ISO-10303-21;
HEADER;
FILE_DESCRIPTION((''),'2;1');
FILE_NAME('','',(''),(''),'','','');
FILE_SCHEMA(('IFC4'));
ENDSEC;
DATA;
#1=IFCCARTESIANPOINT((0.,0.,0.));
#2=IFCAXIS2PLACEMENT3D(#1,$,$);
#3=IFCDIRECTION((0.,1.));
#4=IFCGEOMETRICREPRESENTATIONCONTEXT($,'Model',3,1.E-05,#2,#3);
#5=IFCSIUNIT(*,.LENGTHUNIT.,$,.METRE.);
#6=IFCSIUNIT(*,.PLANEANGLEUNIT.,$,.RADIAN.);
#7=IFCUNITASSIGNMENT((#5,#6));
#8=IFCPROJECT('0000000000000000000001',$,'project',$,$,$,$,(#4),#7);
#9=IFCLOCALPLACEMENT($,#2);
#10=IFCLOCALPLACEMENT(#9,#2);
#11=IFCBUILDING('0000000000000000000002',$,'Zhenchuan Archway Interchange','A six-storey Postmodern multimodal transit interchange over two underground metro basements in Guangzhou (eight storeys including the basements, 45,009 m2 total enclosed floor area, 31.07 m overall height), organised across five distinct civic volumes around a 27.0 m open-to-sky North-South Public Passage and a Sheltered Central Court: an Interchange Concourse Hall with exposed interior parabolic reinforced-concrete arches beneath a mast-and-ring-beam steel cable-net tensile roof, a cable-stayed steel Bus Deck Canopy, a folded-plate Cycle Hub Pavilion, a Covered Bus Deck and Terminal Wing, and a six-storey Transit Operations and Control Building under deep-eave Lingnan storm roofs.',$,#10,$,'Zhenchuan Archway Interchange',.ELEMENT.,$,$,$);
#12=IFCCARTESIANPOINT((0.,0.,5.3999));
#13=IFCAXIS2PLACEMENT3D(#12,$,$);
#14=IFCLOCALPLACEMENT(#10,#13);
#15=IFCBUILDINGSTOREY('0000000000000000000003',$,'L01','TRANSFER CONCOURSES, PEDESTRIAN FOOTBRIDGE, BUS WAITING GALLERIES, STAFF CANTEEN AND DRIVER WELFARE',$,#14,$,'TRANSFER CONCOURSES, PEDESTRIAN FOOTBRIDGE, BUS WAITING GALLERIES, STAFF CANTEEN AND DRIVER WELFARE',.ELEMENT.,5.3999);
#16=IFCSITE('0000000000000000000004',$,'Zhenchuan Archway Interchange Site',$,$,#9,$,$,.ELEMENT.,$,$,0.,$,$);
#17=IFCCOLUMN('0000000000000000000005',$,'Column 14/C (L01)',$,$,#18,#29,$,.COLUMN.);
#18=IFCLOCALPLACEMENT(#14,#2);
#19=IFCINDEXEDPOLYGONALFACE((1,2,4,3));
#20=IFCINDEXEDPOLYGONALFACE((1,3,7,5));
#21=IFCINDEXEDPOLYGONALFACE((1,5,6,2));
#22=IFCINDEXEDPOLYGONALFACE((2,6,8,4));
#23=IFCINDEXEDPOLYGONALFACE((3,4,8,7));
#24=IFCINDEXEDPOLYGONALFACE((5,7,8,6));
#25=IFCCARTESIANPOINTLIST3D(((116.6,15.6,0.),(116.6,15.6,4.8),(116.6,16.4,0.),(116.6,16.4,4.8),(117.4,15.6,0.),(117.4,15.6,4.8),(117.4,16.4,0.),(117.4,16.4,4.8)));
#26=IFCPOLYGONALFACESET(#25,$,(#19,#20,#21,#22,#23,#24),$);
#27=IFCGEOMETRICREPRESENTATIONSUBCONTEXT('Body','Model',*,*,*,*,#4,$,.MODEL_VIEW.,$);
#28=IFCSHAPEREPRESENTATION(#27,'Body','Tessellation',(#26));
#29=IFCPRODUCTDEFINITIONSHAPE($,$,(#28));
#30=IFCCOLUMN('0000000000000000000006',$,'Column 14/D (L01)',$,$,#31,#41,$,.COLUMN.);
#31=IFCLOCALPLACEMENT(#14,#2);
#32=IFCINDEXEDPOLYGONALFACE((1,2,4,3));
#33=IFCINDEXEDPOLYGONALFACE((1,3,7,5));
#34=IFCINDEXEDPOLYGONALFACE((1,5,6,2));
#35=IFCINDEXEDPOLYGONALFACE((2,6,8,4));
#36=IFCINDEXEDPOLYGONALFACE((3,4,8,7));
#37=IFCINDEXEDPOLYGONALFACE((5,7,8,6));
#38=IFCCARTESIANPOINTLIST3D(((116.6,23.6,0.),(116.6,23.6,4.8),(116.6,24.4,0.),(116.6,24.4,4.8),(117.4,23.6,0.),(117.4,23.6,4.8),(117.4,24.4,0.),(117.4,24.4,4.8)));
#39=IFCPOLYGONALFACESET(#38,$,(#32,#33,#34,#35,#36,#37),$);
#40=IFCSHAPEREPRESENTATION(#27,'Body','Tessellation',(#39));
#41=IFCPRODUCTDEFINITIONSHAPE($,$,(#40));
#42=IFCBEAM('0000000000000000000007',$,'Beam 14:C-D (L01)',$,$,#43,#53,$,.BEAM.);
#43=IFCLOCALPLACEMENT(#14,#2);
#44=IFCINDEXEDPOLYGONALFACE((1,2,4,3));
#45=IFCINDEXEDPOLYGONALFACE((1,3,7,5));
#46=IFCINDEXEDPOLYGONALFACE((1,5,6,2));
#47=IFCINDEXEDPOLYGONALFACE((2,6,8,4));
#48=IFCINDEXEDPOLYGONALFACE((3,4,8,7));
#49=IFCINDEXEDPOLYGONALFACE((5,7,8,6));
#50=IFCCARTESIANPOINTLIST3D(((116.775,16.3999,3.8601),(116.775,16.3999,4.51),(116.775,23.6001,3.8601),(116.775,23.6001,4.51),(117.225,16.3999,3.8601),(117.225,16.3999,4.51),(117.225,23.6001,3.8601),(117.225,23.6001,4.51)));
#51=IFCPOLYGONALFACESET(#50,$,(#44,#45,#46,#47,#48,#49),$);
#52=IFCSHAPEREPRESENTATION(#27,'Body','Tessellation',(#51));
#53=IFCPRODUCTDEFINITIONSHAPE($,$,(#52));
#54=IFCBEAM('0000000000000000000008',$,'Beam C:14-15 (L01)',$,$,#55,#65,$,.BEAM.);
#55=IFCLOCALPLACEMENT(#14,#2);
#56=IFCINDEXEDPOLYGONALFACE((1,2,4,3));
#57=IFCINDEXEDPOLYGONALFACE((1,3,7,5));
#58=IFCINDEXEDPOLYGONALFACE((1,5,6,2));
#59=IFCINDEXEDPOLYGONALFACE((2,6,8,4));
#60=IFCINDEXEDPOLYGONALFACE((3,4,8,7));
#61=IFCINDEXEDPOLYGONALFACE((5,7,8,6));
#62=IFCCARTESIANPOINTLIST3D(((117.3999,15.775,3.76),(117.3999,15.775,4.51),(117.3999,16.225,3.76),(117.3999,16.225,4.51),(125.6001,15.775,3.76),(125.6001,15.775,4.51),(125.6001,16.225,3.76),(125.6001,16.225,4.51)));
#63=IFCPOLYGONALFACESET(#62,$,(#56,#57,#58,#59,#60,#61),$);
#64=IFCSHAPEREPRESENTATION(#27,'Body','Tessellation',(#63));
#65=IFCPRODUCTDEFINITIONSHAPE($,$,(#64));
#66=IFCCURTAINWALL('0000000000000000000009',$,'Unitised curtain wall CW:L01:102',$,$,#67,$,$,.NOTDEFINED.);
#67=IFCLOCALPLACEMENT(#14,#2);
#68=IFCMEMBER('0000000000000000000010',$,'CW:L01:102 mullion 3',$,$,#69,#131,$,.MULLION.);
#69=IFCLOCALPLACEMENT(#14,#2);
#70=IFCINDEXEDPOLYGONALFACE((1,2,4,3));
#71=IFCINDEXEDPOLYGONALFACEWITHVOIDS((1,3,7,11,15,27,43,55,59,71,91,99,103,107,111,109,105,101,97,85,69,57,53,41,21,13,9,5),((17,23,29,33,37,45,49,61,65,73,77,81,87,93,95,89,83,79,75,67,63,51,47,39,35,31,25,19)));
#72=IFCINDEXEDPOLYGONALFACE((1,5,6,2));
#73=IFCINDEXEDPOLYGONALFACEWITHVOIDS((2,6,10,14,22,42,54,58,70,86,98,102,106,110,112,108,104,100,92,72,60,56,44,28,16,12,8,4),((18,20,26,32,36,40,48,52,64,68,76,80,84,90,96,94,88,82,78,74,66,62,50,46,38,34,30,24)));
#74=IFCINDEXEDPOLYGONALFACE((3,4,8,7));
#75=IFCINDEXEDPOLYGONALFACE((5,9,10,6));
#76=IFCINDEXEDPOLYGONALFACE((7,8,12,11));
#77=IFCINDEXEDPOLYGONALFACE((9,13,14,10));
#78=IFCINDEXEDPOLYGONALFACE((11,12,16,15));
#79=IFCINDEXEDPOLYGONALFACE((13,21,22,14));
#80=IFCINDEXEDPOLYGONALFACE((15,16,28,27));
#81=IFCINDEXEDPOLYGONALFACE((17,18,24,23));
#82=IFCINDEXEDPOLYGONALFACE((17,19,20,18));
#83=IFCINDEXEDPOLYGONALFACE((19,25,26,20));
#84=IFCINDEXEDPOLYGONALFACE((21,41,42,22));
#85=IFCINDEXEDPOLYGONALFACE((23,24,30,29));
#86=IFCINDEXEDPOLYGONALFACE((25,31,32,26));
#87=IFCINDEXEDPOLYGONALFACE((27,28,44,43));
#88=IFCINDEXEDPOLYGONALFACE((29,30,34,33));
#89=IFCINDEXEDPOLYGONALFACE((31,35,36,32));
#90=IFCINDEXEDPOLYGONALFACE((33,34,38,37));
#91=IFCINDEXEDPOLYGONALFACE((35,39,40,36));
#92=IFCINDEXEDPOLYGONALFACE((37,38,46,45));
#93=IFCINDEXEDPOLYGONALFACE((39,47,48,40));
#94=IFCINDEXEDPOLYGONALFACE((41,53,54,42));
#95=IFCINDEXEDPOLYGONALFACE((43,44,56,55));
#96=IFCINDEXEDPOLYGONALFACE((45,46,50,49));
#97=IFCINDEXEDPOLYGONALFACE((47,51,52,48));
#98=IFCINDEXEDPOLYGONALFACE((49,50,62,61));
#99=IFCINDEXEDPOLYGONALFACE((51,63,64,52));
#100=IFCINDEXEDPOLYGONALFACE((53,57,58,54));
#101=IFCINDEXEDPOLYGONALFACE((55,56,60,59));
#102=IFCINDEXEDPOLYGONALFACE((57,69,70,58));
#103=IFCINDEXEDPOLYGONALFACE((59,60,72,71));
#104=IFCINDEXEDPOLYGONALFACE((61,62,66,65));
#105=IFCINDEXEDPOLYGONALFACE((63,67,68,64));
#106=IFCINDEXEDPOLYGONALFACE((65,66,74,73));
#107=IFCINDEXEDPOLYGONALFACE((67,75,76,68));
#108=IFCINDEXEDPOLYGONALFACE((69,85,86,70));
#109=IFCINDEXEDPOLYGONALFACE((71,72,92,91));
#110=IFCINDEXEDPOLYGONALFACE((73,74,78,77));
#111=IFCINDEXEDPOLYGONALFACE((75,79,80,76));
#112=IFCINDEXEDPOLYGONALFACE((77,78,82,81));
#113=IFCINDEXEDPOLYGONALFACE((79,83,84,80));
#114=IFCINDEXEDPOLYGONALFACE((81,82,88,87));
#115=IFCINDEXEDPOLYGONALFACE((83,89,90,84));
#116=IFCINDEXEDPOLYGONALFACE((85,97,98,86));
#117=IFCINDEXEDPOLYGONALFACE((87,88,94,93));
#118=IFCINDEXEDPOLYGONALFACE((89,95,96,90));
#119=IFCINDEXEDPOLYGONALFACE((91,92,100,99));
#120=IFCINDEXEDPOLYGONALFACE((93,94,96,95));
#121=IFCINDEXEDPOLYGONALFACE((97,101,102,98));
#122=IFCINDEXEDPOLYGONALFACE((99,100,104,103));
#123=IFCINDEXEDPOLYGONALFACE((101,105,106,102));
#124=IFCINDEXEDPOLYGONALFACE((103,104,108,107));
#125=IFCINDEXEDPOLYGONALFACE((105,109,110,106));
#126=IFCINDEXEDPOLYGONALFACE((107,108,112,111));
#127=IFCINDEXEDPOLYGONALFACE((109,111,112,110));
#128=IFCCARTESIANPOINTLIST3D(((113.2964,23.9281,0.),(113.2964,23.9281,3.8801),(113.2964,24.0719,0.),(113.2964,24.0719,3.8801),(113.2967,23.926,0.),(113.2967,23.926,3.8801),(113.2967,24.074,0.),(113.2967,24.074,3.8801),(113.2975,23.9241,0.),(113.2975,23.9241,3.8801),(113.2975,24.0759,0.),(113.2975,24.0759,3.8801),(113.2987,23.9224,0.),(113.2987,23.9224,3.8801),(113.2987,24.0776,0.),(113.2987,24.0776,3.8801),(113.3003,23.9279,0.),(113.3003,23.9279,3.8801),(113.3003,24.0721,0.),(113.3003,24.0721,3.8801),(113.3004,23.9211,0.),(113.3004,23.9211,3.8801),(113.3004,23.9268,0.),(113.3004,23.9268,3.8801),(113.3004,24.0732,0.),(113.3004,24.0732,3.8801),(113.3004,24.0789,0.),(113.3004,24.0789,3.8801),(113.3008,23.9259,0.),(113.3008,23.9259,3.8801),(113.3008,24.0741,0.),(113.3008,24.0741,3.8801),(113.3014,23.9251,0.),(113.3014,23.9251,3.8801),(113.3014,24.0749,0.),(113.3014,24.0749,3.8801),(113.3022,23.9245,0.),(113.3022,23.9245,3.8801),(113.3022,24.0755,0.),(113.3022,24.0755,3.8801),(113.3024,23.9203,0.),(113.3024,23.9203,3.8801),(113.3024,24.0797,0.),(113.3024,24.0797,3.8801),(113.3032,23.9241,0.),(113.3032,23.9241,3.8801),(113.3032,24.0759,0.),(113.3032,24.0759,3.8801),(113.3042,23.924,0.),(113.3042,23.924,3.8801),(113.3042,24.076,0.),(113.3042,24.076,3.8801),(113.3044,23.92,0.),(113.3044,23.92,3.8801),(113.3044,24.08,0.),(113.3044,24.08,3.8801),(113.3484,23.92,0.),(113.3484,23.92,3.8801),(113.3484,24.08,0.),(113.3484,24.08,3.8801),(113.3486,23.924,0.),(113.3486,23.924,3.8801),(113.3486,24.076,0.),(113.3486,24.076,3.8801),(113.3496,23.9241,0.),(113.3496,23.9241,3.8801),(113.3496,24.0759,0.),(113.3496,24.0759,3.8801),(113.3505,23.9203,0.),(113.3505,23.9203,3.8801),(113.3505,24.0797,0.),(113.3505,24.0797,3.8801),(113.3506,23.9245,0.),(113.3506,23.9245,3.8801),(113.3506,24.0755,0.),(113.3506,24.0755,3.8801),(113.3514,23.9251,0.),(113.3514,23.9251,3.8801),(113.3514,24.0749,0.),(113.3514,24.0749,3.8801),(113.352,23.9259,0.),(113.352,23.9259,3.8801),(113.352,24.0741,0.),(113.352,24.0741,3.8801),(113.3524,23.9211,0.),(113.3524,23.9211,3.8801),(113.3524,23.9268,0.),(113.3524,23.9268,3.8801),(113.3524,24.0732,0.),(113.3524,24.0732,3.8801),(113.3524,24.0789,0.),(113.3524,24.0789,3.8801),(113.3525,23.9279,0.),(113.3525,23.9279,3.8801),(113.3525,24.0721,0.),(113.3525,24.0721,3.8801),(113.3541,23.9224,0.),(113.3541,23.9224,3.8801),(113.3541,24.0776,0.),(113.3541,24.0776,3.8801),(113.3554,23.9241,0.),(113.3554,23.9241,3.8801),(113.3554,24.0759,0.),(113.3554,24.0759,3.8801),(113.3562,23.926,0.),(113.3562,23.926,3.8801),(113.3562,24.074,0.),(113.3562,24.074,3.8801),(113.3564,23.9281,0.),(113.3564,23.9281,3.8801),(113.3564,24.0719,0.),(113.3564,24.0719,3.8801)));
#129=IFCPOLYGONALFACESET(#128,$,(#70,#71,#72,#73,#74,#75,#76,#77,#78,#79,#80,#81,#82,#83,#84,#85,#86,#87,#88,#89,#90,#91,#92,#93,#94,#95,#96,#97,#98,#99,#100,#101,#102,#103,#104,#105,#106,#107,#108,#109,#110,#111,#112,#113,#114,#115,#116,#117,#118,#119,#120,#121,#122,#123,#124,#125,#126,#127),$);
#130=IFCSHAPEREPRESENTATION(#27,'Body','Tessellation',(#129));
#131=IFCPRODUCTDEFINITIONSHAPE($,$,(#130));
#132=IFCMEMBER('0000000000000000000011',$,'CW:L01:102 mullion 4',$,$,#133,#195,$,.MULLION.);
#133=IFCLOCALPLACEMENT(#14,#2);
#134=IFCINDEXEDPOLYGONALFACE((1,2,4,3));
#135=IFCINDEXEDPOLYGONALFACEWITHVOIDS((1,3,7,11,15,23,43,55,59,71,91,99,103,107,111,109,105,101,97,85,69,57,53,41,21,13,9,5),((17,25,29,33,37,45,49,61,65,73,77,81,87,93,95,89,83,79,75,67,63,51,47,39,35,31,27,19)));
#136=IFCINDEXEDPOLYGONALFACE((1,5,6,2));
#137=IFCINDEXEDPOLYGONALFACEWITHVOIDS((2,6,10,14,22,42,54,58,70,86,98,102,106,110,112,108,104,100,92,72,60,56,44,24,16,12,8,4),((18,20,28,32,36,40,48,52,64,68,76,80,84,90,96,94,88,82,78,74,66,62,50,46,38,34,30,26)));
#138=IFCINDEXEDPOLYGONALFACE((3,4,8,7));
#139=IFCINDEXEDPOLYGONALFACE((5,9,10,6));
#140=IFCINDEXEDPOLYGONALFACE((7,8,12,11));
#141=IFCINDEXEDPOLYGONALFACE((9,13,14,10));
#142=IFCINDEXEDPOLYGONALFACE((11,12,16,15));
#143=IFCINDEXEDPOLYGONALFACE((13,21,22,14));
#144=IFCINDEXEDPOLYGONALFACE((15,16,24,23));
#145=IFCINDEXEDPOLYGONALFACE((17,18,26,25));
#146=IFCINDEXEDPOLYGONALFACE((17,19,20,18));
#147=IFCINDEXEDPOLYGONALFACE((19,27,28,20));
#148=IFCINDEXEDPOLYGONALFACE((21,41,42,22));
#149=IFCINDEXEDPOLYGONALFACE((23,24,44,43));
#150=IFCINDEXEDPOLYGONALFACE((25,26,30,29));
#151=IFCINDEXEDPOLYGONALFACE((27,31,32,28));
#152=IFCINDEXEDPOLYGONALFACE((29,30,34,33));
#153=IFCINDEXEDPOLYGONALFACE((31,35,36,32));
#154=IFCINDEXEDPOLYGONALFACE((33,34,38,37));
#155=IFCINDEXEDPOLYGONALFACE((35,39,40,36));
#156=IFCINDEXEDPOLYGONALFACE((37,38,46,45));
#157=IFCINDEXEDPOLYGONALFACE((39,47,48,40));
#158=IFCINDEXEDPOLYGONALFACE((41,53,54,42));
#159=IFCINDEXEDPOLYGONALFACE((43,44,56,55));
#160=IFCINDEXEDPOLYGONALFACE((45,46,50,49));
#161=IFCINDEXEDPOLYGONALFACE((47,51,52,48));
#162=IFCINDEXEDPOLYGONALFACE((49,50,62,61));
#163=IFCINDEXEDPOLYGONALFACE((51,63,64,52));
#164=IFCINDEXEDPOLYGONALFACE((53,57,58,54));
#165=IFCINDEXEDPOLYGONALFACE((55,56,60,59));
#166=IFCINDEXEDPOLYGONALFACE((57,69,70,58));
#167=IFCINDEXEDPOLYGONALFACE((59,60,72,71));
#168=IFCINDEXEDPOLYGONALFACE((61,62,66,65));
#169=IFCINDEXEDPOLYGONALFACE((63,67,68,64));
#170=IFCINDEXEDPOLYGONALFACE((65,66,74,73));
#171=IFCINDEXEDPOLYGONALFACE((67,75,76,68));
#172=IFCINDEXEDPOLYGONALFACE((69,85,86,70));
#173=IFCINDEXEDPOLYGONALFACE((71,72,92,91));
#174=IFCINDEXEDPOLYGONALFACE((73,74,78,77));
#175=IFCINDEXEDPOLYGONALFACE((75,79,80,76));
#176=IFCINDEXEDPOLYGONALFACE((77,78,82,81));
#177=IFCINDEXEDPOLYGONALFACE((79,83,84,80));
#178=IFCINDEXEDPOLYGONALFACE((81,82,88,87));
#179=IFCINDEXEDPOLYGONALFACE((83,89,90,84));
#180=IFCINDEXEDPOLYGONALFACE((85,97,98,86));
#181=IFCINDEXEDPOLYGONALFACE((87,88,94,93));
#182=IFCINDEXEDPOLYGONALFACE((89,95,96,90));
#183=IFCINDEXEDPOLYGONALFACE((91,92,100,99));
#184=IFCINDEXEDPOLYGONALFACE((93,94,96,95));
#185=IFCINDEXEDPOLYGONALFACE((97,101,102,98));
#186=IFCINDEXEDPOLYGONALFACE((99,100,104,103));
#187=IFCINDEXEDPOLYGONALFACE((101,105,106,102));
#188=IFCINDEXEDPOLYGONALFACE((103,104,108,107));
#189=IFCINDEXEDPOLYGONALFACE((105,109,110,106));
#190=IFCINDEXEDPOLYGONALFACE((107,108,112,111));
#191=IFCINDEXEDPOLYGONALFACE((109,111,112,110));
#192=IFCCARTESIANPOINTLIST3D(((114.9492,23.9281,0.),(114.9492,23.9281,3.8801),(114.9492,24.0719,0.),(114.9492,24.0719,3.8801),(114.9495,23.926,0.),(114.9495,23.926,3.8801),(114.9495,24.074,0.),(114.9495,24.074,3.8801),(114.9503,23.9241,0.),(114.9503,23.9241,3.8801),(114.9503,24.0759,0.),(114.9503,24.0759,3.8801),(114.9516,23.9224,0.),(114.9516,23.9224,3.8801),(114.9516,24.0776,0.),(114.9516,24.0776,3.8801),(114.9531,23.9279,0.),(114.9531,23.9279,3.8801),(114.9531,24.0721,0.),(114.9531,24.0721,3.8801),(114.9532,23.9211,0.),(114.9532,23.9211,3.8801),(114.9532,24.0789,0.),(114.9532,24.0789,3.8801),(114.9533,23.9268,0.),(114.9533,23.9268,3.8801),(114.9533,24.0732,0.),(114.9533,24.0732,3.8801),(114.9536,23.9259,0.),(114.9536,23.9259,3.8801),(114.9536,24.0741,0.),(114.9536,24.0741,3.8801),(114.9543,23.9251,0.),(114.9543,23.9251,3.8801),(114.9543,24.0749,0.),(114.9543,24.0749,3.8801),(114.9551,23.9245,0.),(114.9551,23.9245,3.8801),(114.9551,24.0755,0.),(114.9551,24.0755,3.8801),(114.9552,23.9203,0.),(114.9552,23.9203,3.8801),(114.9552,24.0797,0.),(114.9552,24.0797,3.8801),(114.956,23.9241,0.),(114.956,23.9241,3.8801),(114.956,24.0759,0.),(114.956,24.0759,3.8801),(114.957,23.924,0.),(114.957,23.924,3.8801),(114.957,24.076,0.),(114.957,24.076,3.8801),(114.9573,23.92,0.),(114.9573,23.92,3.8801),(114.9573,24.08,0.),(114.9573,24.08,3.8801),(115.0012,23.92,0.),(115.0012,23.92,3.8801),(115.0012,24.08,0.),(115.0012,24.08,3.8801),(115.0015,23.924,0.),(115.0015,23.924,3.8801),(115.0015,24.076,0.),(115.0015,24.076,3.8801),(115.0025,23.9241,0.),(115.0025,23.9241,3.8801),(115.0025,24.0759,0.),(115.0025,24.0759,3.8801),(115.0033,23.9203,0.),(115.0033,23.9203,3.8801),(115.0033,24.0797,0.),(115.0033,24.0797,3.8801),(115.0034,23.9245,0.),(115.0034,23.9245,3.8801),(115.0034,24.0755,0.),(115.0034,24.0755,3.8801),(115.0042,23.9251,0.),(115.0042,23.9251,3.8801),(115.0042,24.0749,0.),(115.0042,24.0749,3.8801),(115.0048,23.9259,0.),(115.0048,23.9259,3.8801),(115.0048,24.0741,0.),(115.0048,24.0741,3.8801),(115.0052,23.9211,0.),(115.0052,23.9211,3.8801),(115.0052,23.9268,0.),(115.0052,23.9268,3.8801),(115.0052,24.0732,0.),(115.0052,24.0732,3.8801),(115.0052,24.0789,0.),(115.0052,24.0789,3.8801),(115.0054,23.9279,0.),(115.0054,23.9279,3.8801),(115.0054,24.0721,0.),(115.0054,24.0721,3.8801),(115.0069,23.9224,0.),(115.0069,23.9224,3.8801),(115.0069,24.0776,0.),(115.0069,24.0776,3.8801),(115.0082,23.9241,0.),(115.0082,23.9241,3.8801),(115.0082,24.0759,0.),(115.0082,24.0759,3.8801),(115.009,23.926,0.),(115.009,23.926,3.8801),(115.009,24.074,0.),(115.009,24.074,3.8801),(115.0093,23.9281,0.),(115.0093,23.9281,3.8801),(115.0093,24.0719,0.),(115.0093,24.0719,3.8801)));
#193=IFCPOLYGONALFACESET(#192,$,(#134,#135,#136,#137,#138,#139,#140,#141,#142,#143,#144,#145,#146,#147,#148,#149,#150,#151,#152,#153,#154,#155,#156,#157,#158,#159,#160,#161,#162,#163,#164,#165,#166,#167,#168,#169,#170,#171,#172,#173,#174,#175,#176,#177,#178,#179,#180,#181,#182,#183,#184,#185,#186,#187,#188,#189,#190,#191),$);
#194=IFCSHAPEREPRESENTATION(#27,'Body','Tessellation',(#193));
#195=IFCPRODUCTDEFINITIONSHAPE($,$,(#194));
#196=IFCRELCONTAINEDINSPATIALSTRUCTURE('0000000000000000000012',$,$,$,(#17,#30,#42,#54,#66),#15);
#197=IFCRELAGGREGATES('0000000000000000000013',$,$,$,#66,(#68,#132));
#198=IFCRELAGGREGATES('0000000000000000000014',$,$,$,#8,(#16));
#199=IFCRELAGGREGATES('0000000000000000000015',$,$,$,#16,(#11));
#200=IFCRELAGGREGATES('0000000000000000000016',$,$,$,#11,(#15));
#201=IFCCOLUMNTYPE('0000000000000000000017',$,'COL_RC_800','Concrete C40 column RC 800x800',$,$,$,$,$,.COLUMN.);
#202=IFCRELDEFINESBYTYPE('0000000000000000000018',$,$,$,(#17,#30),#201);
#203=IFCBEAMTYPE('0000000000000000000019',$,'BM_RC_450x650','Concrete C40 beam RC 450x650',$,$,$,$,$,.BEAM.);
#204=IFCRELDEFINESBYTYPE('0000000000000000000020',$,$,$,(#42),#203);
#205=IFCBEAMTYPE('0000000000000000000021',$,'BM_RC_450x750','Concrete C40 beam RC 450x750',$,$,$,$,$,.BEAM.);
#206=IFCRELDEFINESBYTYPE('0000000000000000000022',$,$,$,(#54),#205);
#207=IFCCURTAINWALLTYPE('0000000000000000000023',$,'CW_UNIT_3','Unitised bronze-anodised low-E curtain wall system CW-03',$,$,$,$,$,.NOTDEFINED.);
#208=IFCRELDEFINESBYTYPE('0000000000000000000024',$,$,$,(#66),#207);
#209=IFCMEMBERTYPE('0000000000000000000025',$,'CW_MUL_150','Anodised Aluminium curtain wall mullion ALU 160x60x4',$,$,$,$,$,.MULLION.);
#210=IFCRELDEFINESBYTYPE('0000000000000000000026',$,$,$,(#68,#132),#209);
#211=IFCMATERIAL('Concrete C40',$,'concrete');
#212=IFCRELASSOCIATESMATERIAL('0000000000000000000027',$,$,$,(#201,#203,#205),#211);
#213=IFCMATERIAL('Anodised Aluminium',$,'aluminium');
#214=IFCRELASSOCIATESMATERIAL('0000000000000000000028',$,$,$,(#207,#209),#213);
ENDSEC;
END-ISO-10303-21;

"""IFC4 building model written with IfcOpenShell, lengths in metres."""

from ifc_helpers import new_model, si_unit, direction, frame, origin, origin_2d, place, context, subcontext, project, spatial, rectangle, hollow_rectangle, extrude, material, material_profile, profile_set, type_object, element, aggregate, save


model = new_model("IFC4")

# Units and contexts
model_context = context("Model", 3, precision=1e-05, world=origin(), true_north=direction((0.0, 1.0)))
body_context = subcontext(model_context, "Body", "Model", "MODEL_VIEW")
ifc_project = project(units=[si_unit("LENGTHUNIT", "METRE"), si_unit("PLANEANGLEUNIT", "RADIAN")], contexts=[model_context])

# Site, building, storey
site_placement = place(None, origin())
site = spatial("IfcSite", under=ifc_project, at=site_placement, Name="Zhenchuan Archway Interchange Site", CompositionType="ELEMENT", RefElevation=0.0)
building_placement = place(site_placement, origin())
building = spatial("IfcBuilding", under=site, at=building_placement, Name="Zhenchuan Archway Interchange", Description="A six-storey Postmodern multimodal transit interchange over two underground metro basements in Guangzhou (eight storeys including the basements, 45,009 m2 total enclosed floor area, 31.07 m overall height), organised across five distinct civic volumes around a 27.0 m open-to-sky North-South Public Passage and a Sheltered Central Court: an Interchange Concourse Hall with exposed interior parabolic reinforced-concrete arches beneath a mast-and-ring-beam steel cable-net tensile roof, a cable-stayed steel Bus Deck Canopy, a folded-plate Cycle Hub Pavilion, a Covered Bus Deck and Terminal Wing, and a six-storey Transit Operations and Control Building under deep-eave Lingnan storm roofs.", LongName="Zhenchuan Archway Interchange", CompositionType="ELEMENT")
storey_placement = place(building_placement, frame((0.0, 0.0, 5.3999)))
storey = spatial("IfcBuildingStorey", under=building, at=storey_placement, Name="L01", Description="TRANSFER CONCOURSES, PEDESTRIAN FOOTBRIDGE, BUS WAITING GALLERIES, STAFF CANTEEN AND DRIVER WELFARE", LongName="TRANSFER CONCOURSES, PEDESTRIAN FOOTBRIDGE, BUS WAITING GALLERIES, STAFF CANTEEN AND DRIVER WELFARE", CompositionType="ELEMENT", Elevation=5.3999)

# Columns
ifc_material_1 = material(Name="Concrete C40", Category="concrete")
ifc_material_profile_1 = material_profile(ifc_material_1, rectangle(XDim=0.8, YDim=0.8, at=origin_2d()), Name="RC 800x800")
ifc_profile_set_1 = profile_set([ifc_material_profile_1], Name="Concrete C40")
column_type = type_object("IfcColumnType", Name="COL_RC_800", Description="Concrete C40 column RC 800x800", PredefinedType="COLUMN", material=ifc_profile_set_1)
for number, where, z_axis, x_axis, name in (
    (1, (117.0, 16.0, 0.0), (0.0, 0.0, 1.0), (1.0, 0.0, 0.0), "Column 14/C (L01)"),
    (2, (117.0, 24.0, 0.0), (0.0, 0.0, 1.0), (1.0, 0.0, 0.0), "Column 14/D (L01)"),
):
    element("IfcColumn", number, at=place(storey_placement, frame(where, z_axis=z_axis, x_axis=x_axis)), inside=storey, type_object=column_type, Name=name, PredefinedType="COLUMN", context=body_context, shape_type="SweptSolid", body=[
        extrude(rectangle(XDim=0.8, YDim=0.8, at=origin_2d()), origin(), (0.0, 0.0, 1.0), 4.8),
    ])

# Beams
ifc_material_profile_2 = material_profile(ifc_material_1, rectangle(XDim=0.45, YDim=0.6499, at=origin_2d()), Name="RC 450x650")
ifc_profile_set_2 = profile_set([ifc_material_profile_2], Name="Concrete C40")
beam_type_1 = type_object("IfcBeamType", Name="BM_RC_450x650", Description="Concrete C40 beam RC 450x650", PredefinedType="BEAM", material=ifc_profile_set_2)
beam_1_placement = place(storey_placement, frame((117.0, 16.3999, 4.1851), z_axis=(0.0, 1.0, 0.0), x_axis=(-1.0, 0.0, 0.0)))
element("IfcBeam", 3, at=beam_1_placement, inside=storey, type_object=beam_type_1, Name="Beam 14:C-D (L01)", PredefinedType="BEAM", context=body_context, shape_type="SweptSolid", body=[
    extrude(rectangle(XDim=0.45, YDim=0.6499, at=origin_2d()), origin(), (0.0, 0.0, 1.0), 7.2002),
])
ifc_material_profile_3 = material_profile(ifc_material_1, rectangle(XDim=0.45, YDim=0.75, at=origin_2d()), Name="RC 450x750")
ifc_profile_set_3 = profile_set([ifc_material_profile_3], Name="Concrete C40")
beam_type_2 = type_object("IfcBeamType", Name="BM_RC_450x750", Description="Concrete C40 beam RC 450x750", PredefinedType="BEAM", material=ifc_profile_set_3)
beam_2_placement = place(storey_placement, frame((117.3999, 16.0, 4.135), z_axis=(1.0, 0.0, 0.0), x_axis=(0.0, 1.0, 0.0)))
element("IfcBeam", 4, at=beam_2_placement, inside=storey, type_object=beam_type_2, Name="Beam C:14-15 (L01)", PredefinedType="BEAM", context=body_context, shape_type="SweptSolid", body=[
    extrude(rectangle(XDim=0.45, YDim=0.75, at=origin_2d()), origin(), (0.0, 0.0, 1.0), 8.2002),
])

# Curtain wall, members
ifc_material_2 = material(Name="Anodised Aluminium", Category="aluminium")
curtain_wall_type = type_object("IfcCurtainWallType", Name="CW_UNIT_3", Description="Unitised bronze-anodised low-E curtain wall system CW-03", PredefinedType="NOTDEFINED", material=ifc_material_2)
curtain_wall_placement = place(storey_placement, origin())
curtain_wall = element("IfcCurtainWall", 5, at=curtain_wall_placement, inside=storey, type_object=curtain_wall_type, Name="Unitised curtain wall CW:L01:102", PredefinedType="NOTDEFINED")
ifc_material_profile_4 = material_profile(ifc_material_2, hollow_rectangle(XDim=0.0601, YDim=0.1599, WallThickness=0.0039, InnerFilletRadius=0.0039, OuterFilletRadius=0.0081, at=origin_2d()), Name="ALU 160x60x4")
ifc_profile_set_4 = profile_set([ifc_material_profile_4], Name="Anodised Aluminium")
member_type_1 = type_object("IfcMemberType", Name="CW_MUL_150", Description="Anodised Aluminium curtain wall mullion ALU 160x60x4", PredefinedType="MULLION", material=ifc_profile_set_4)
member_1_placement = place(storey_placement, frame((113.3264, 24.0, 0.0), z_axis=(0.0, 0.0, 1.0), x_axis=(1.0, 0.0, 0.0)))
member_1 = element("IfcMember", 6, at=member_1_placement, type_object=member_type_1, Name="CW:L01:102 mullion 3", PredefinedType="MULLION", context=body_context, shape_type="SweptSolid", body=[
    extrude(hollow_rectangle(XDim=0.0601, YDim=0.1599, WallThickness=0.0039, InnerFilletRadius=0.0039, OuterFilletRadius=0.0081, at=origin_2d()), origin(), (0.0, 0.0, 1.0), 3.8801),
])
member_2_placement = place(storey_placement, frame((114.9792, 24.0, 0.0), z_axis=(0.0, 0.0, 1.0), x_axis=(1.0, 0.0, 0.0)))
member_2 = element("IfcMember", 7, at=member_2_placement, type_object=member_type_1, Name="CW:L01:102 mullion 4", PredefinedType="MULLION", context=body_context, shape_type="SweptSolid", body=[
    extrude(hollow_rectangle(XDim=0.0601, YDim=0.1599, WallThickness=0.0039, InnerFilletRadius=0.0039, OuterFilletRadius=0.0081, at=origin_2d()), origin(), (0.0, 0.0, 1.0), 3.8801),
])

aggregate(curtain_wall, [member_1, member_2])

save(model, "model.ifc")
